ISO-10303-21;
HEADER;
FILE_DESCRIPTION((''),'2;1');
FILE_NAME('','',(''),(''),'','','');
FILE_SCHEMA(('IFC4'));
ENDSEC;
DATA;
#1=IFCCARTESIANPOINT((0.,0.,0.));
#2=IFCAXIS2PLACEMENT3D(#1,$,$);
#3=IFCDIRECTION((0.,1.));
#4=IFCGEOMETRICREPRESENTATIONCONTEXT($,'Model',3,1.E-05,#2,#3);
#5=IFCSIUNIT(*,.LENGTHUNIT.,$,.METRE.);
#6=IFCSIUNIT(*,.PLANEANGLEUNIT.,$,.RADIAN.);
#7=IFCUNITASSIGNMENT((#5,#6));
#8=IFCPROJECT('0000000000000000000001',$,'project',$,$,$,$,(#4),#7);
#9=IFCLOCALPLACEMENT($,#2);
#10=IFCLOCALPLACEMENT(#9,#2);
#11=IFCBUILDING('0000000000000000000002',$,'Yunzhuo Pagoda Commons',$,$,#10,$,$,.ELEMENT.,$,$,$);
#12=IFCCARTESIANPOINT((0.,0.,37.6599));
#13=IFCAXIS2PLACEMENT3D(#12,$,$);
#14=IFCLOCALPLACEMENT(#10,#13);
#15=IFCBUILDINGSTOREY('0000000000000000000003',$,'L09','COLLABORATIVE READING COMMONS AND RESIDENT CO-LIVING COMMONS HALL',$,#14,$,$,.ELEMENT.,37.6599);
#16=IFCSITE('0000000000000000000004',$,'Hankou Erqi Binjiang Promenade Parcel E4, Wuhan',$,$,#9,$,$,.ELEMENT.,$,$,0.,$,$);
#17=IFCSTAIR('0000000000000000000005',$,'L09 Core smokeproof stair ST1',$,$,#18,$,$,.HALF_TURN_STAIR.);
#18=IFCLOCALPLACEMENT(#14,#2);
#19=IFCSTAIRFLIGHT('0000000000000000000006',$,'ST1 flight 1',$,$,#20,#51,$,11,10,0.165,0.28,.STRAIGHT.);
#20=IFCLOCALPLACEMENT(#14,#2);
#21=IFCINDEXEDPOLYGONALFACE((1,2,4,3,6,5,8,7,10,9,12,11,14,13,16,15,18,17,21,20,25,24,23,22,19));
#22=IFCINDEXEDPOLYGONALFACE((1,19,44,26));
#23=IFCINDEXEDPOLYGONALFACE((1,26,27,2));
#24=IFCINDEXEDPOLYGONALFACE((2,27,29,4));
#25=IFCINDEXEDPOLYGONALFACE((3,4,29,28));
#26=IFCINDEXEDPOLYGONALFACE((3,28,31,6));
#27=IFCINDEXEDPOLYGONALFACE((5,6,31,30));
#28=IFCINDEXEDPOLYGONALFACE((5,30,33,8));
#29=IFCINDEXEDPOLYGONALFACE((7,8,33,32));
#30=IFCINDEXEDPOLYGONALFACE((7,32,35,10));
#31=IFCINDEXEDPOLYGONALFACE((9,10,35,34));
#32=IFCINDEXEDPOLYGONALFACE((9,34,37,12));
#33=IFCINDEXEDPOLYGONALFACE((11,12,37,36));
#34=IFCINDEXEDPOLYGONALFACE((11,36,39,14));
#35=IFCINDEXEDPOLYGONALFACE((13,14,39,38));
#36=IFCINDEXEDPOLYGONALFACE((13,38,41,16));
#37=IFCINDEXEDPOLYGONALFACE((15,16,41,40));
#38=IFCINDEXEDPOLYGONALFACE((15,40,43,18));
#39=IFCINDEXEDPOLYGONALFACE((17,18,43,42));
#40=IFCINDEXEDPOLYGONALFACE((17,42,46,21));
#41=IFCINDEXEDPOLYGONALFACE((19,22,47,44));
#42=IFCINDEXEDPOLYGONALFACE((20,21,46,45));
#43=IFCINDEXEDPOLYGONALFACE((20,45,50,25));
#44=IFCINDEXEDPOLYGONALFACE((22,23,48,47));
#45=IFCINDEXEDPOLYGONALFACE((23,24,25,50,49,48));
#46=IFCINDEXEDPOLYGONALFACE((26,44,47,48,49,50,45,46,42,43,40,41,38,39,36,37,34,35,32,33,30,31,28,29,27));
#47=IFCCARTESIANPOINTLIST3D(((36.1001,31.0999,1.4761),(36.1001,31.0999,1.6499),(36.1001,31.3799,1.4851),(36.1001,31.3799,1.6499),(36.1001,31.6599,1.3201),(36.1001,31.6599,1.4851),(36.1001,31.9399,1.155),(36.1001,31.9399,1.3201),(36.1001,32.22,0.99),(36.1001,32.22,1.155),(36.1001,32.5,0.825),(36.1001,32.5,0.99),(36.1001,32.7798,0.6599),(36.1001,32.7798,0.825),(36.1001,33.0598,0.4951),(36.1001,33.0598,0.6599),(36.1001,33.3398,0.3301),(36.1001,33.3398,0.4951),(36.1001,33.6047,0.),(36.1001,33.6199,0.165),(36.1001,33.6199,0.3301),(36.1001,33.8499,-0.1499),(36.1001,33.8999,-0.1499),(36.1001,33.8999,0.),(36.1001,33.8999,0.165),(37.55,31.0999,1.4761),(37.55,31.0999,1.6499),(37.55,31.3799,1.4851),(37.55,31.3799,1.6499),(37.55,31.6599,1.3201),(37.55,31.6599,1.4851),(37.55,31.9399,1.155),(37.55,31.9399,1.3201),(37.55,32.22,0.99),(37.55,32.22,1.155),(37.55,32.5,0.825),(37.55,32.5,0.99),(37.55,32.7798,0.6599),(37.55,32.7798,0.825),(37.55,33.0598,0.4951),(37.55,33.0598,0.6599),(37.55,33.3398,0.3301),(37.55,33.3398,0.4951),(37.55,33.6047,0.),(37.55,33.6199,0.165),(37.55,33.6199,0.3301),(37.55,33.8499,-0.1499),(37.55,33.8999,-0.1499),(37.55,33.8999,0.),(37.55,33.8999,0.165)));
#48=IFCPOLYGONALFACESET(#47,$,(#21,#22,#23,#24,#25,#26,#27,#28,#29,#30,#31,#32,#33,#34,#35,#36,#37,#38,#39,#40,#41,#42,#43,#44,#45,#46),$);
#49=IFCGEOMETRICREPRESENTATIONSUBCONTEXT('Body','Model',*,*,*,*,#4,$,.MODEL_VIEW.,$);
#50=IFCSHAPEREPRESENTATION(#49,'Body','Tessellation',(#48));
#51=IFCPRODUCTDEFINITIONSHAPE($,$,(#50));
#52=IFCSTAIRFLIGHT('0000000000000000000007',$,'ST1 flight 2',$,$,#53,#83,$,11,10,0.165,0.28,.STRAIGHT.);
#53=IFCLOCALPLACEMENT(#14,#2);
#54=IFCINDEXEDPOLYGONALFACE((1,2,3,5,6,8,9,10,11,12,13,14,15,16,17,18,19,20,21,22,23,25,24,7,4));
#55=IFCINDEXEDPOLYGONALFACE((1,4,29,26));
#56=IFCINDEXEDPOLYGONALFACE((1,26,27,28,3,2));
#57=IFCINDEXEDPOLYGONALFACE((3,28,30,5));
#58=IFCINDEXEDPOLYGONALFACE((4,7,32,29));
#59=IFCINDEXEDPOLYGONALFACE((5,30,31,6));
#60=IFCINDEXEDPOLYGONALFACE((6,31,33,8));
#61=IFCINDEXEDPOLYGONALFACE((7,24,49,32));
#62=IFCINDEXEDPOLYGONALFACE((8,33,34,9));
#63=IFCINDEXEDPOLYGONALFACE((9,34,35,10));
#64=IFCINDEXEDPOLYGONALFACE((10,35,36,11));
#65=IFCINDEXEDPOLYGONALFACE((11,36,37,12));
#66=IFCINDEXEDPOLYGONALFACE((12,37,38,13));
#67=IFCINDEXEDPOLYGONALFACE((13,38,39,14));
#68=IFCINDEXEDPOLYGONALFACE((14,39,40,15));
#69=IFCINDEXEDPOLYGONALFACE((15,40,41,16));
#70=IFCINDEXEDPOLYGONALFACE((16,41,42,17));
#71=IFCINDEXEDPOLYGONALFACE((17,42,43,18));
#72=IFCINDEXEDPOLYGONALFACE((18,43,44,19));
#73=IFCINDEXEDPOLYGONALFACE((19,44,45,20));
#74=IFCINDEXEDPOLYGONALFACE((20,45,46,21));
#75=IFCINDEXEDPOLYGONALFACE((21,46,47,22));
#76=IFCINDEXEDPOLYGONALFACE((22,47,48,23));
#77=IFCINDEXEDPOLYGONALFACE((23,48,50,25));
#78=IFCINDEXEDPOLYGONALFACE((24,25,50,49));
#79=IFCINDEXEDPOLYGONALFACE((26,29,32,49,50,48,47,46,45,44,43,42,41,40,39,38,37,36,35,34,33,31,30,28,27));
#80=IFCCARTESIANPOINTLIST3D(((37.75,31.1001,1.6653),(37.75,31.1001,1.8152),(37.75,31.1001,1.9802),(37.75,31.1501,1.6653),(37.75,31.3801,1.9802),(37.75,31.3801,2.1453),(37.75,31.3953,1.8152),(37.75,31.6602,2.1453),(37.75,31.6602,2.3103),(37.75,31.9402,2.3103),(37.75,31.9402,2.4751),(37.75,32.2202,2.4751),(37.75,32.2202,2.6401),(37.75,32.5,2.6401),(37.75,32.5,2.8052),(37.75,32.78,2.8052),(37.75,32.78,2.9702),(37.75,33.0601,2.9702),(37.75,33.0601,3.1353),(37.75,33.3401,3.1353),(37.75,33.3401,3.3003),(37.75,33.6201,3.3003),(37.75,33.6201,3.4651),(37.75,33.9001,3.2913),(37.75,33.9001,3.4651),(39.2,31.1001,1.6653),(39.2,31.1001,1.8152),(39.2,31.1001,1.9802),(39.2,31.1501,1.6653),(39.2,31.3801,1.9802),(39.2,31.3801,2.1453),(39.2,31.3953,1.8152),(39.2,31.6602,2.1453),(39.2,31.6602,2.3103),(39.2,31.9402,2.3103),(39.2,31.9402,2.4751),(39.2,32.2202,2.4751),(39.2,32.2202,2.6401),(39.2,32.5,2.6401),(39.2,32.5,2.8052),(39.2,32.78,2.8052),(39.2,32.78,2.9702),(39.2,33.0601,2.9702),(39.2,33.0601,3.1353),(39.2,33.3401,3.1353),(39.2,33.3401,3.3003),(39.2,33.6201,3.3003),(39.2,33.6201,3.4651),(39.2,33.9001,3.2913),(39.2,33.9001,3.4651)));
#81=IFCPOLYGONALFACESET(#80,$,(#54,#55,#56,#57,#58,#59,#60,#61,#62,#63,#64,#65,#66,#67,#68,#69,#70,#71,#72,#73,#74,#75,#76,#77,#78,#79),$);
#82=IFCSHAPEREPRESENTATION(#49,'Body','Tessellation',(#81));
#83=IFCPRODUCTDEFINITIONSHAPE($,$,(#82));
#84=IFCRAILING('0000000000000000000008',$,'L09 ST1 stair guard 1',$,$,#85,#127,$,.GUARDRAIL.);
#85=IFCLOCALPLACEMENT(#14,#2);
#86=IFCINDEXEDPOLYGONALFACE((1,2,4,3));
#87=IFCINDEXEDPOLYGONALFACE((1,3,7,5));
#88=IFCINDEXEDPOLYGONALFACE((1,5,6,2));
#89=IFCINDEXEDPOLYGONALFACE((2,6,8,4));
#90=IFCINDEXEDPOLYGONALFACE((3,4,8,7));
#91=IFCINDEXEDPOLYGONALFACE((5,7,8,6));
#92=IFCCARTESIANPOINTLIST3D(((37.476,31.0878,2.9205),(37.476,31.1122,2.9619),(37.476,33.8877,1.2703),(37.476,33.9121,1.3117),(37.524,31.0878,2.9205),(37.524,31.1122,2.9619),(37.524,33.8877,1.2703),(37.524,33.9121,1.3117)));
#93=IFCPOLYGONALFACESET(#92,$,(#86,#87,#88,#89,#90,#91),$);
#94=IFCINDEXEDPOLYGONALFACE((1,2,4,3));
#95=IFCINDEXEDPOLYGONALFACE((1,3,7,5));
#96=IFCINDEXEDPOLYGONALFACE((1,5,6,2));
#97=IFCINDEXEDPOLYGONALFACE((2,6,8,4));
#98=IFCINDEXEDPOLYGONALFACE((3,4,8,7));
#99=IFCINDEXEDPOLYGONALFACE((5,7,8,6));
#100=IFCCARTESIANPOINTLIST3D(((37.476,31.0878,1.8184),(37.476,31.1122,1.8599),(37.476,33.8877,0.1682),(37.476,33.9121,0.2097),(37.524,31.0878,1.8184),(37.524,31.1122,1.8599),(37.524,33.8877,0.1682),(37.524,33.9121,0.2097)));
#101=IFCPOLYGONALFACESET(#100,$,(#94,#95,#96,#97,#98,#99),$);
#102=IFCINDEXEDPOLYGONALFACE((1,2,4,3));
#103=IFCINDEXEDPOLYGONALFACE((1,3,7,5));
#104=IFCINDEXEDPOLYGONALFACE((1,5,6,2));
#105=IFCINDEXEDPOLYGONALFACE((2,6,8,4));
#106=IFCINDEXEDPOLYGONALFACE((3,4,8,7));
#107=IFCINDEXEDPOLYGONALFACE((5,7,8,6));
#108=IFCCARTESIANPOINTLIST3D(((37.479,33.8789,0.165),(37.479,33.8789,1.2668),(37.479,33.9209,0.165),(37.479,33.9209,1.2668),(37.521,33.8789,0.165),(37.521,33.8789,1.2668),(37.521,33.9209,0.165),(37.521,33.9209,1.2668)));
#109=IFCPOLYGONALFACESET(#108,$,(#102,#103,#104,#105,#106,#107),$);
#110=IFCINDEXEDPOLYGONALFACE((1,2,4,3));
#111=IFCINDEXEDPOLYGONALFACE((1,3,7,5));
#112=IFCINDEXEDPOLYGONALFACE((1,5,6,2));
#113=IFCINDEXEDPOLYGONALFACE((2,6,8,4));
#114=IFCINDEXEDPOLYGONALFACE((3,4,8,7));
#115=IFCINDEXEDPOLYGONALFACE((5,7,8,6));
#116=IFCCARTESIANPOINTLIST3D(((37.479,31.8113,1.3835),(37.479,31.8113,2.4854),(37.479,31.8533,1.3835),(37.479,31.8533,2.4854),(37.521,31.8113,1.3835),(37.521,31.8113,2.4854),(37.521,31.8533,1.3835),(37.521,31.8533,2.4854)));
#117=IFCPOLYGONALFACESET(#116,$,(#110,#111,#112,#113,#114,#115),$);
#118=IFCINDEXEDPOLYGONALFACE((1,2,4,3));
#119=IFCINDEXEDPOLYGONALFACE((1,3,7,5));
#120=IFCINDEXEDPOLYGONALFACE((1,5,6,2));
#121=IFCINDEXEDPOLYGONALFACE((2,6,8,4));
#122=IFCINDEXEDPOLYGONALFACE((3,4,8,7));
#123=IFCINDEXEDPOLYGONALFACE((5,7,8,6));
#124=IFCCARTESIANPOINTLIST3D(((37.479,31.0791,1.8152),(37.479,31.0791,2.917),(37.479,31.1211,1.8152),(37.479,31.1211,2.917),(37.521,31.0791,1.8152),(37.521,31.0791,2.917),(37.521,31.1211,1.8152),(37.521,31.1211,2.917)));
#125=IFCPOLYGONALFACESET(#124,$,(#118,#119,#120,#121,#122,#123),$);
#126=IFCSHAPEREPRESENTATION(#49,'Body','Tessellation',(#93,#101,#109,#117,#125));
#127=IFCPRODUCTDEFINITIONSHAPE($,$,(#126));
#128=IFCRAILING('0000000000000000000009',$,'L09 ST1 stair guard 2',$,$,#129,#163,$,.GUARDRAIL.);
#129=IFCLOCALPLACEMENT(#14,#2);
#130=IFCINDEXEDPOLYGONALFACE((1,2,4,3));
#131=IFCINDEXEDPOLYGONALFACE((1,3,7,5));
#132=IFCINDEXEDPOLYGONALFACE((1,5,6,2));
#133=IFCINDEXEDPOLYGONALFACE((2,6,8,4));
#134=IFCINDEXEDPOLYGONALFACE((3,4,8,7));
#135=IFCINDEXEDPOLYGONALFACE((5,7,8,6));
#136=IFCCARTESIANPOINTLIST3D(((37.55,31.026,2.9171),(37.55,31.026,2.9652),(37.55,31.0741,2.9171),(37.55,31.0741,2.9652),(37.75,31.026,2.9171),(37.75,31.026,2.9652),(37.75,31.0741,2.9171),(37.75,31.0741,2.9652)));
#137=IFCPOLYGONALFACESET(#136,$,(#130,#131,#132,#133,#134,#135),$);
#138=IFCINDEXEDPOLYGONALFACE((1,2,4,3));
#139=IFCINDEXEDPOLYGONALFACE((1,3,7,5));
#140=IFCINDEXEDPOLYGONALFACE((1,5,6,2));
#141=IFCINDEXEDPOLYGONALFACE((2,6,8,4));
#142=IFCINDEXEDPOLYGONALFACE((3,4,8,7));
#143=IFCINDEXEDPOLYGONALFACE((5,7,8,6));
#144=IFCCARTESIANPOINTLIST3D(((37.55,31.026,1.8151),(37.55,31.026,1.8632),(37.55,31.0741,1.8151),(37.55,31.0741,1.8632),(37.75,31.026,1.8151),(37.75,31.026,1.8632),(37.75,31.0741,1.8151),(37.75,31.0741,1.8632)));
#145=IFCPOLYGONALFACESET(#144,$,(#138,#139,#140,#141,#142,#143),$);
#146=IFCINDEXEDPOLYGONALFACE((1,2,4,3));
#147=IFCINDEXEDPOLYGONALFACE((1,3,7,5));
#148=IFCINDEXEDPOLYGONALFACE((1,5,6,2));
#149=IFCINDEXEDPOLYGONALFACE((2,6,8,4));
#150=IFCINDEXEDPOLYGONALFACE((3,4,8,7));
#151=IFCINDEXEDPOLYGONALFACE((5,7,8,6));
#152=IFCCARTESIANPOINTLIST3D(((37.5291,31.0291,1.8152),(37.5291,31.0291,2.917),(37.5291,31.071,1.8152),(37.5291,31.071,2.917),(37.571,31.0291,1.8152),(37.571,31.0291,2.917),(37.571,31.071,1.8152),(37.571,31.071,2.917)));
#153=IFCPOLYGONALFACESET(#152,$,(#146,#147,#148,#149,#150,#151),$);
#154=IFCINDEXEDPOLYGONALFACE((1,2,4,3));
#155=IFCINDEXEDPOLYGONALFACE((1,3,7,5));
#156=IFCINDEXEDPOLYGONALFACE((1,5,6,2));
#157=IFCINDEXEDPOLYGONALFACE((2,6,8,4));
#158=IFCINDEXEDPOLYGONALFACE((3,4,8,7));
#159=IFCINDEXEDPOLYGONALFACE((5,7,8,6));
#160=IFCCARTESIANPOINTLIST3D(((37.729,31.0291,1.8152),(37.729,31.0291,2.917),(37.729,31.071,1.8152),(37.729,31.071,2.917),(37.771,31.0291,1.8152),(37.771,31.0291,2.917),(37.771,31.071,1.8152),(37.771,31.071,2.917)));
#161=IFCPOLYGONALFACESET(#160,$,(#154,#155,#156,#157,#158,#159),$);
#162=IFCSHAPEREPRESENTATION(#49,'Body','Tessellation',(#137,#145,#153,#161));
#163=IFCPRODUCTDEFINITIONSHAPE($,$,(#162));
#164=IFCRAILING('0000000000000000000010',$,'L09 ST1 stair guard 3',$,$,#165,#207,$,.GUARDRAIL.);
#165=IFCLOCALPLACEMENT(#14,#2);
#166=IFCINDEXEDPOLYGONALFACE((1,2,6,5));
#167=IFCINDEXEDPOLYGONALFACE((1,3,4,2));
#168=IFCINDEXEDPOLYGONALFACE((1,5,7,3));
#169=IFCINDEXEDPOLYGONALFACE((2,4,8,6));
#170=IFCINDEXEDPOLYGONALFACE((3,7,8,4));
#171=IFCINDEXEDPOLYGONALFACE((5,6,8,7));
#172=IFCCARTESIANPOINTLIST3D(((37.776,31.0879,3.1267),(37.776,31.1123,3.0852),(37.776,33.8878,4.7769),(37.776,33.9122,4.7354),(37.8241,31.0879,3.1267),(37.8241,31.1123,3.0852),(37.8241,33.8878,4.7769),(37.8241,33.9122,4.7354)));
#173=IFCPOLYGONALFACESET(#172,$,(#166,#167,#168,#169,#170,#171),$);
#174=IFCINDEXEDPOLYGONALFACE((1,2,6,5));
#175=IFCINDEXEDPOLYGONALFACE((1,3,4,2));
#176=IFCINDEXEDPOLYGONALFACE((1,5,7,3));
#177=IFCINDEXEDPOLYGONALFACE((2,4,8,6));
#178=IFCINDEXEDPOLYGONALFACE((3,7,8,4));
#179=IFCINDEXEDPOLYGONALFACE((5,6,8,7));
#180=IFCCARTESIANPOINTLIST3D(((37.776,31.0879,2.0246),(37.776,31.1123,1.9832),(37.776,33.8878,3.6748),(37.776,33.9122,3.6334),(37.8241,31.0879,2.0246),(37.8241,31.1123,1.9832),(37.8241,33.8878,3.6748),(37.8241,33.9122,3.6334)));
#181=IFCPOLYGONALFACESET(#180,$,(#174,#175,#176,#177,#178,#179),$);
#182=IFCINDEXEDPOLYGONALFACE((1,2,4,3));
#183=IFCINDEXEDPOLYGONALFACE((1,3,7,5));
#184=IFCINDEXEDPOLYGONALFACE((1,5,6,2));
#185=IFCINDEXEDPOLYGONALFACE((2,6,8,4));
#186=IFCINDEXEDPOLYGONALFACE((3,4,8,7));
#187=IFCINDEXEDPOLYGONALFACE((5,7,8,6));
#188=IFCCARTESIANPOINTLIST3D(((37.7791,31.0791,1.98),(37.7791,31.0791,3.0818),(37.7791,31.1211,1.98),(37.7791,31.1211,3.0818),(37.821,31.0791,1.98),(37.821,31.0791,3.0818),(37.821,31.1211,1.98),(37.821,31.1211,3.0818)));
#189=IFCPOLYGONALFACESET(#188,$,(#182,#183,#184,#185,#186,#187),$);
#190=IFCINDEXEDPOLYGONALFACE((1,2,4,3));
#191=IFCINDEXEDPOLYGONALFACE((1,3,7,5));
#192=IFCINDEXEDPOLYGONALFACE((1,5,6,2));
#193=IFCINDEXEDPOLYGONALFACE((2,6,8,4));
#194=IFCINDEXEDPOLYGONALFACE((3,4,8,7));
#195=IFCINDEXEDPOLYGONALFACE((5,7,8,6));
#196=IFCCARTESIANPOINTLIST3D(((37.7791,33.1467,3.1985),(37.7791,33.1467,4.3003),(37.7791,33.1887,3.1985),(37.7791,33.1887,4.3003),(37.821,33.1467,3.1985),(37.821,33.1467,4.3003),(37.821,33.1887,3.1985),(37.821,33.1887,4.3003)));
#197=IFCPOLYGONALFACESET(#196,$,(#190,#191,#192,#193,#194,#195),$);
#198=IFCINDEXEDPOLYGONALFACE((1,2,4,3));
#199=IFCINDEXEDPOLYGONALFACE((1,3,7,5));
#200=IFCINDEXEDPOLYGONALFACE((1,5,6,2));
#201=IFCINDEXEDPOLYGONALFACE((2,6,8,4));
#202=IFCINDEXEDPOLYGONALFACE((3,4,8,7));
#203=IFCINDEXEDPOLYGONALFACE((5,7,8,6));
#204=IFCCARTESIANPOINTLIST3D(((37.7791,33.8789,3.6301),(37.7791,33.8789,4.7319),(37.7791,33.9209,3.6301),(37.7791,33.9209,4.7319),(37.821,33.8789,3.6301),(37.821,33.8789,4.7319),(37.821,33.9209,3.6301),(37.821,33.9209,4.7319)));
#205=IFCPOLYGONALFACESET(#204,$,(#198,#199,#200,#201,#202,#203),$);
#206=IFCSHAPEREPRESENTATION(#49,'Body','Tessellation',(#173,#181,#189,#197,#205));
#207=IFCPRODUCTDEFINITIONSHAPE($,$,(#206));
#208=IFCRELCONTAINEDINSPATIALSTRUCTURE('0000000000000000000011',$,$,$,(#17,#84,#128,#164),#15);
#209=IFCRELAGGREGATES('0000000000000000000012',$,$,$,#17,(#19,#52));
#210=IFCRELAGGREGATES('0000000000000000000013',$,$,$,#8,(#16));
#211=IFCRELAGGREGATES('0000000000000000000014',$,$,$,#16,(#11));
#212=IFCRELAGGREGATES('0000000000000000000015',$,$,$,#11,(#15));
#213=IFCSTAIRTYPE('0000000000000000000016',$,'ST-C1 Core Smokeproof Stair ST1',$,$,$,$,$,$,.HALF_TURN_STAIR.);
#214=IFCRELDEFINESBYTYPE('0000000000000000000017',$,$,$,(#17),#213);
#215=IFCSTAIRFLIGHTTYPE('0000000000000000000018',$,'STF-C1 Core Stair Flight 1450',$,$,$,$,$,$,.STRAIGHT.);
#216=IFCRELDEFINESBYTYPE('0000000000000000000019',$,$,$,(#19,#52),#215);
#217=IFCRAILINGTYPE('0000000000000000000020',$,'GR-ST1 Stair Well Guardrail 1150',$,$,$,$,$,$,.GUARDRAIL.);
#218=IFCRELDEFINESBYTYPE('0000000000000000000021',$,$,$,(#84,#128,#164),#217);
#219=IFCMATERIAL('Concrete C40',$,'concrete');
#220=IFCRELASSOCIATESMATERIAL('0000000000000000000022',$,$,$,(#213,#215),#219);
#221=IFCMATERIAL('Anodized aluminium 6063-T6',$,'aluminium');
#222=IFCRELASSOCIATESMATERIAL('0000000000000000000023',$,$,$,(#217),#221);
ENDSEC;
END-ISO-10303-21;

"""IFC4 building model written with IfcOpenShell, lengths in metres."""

from ifc_helpers import new_model, si_unit, direction, frame, origin, origin_2d, place, context, subcontext, project, spatial, polyline, rectangle, outline, extrude, source, transform, mapped, material, type_object, element, aggregate, save


model = new_model("IFC4")

# Units and contexts
model_context = context("Model", 3, precision=1e-05, world=origin(), true_north=direction((0.0, 1.0)))
body_context = subcontext(model_context, "Body", "Model", "MODEL_VIEW")
ifc_project = project(units=[si_unit("LENGTHUNIT", "METRE"), si_unit("PLANEANGLEUNIT", "RADIAN")], contexts=[model_context])

# Site, building, storey
site_placement = place(None, origin())
site = spatial("IfcSite", under=ifc_project, at=site_placement, Name="Hankou Erqi Binjiang Promenade Parcel E4, Wuhan", CompositionType="ELEMENT", RefElevation=0.0)
building_placement = place(site_placement, origin())
building = spatial("IfcBuilding", under=site, at=building_placement, Name="Yunzhuo Pagoda Commons", CompositionType="ELEMENT")
storey_placement = place(building_placement, frame((0.0, 0.0, 37.6599)))
storey = spatial("IfcBuildingStorey", under=building, at=storey_placement, Name="L09", Description="COLLABORATIVE READING COMMONS AND RESIDENT CO-LIVING COMMONS HALL", CompositionType="ELEMENT", Elevation=37.6599)

# Shared definitions
ifc_material_1 = material(Name="Concrete C40", Category="concrete")

# Stair, stair flights
stair_type = type_object("IfcStairType", Name="ST-C1 Core Smokeproof Stair ST1", PredefinedType="HALF_TURN_STAIR", material=ifc_material_1)
stair_placement = place(storey_placement, origin())
stair = element("IfcStair", 1, at=stair_placement, inside=storey, type_object=stair_type, Name="L09 Core smokeproof stair ST1", PredefinedType="HALF_TURN_STAIR")
stair_flight_type = type_object("IfcStairFlightType", Name="STF-C1 Core Stair Flight 1450", PredefinedType="STRAIGHT", material=ifc_material_1)
shared_shape_1 = source(origin(), body_context, "Body", "SweptSolid", [
    extrude(outline(polyline([(0.0, -0.1499), (0.0, 0.0), (0.0, 0.165), (0.28, 0.165), (0.28, 0.3301), (0.5601, 0.3301), (0.5601, 0.4951), (0.8401, 0.4951), (0.8401, 0.6599), (1.1201, 0.6599), (1.1201, 0.825), (1.3999, 0.825), (1.3999, 0.99), (1.6799, 0.99), (1.6799, 1.155), (1.96, 1.155), (1.96, 1.3201), (2.24, 1.3201), (2.24, 1.4851), (2.52, 1.4851), (2.52, 1.6499), (2.8, 1.6499), (2.8, 1.8149), (2.8, 1.4761), (0.2952, 0.0), (0.05, -0.1499), (0.0, -0.1499)])), frame((0.0, 0.7251, 0.0), z_axis=(0.0, -1.0, 0.0), x_axis=(1.0, 0.0, 0.0)), (0.0, 0.0, 1.0), 1.45),
])
stair_flight_1_placement = place(storey_placement, frame((36.825, 33.8999, 0.0), z_axis=(0.0, 0.0, 1.0), x_axis=(0.0, -1.0, 0.0)))
stair_flight_1 = element("IfcStairFlight", 2, at=stair_flight_1_placement, type_object=stair_flight_type, Name="ST1 flight 1", NumberOfRisers=11, NumberOfTreads=10, PredefinedType="STRAIGHT", RiserHeight=0.165, TreadLength=0.28, context=body_context, shape_type="MappedRepresentation", body=[
    mapped(shared_shape_1, transform((0.0, 0.0, 0.0), scale=1.0)),
])
stair_flight_2_placement = place(storey_placement, frame((38.4751, 31.1001, 1.8152), z_axis=(0.0, 0.0, 1.0), x_axis=(0.0, 1.0, 0.0)))
stair_flight_2 = element("IfcStairFlight", 3, at=stair_flight_2_placement, type_object=stair_flight_type, Name="ST1 flight 2", NumberOfRisers=11, NumberOfTreads=10, PredefinedType="STRAIGHT", RiserHeight=0.165, TreadLength=0.28, context=body_context, shape_type="MappedRepresentation", body=[
    mapped(shared_shape_1, transform((0.0, 0.0, 0.0), scale=1.0)),
])
aggregate(stair, [stair_flight_1, stair_flight_2])

# Railings
ifc_material_2 = material(Name="Anodized aluminium 6063-T6", Category="aluminium")
railing_type_1 = type_object("IfcRailingType", Name="GR-ST1 Stair Well Guardrail 1150", PredefinedType="GUARDRAIL", material=ifc_material_2)
railing_1_placement = place(storey_placement, frame((37.5, 33.8999, 0.165)))
element("IfcRailing", 4, at=railing_1_placement, inside=storey, type_object=railing_type_1, Name="L09 ST1 stair guard 1", PredefinedType="GUARDRAIL", context=body_context, shape_type="SweptSolid", body=[
    extrude(rectangle(XDim=0.0481, YDim=0.0481, at=origin_2d()), frame((0.0, 0.0, 1.126), z_axis=(0.0, -0.861503, 0.507752), x_axis=(1.0, 0.0, 0.0)), (0.0, 0.0, 1.0), 3.25),
    extrude(rectangle(XDim=0.0481, YDim=0.0481, at=origin_2d()), frame((0.0, 0.0, 0.0239), z_axis=(0.0, -0.861503, 0.507752), x_axis=(1.0, 0.0, 0.0)), (0.0, 0.0, 1.0), 3.25),
    extrude(rectangle(XDim=0.042, YDim=0.042, at=origin_2d()), origin(), (0.0, 0.0, 1.0), 1.1018),
    extrude(rectangle(XDim=0.042, YDim=0.042, at=origin_2d()), frame((0.0, -2.0676, 1.2185)), (0.0, 0.0, 1.0), 1.1018),
    extrude(rectangle(XDim=0.042, YDim=0.042, at=origin_2d()), frame((0.0, -2.7998, 1.6501)), (0.0, 0.0, 1.0), 1.1018),
])
railing_2_placement = place(storey_placement, frame((37.55, 31.05, 1.8152)))
element("IfcRailing", 5, at=railing_2_placement, inside=storey, type_object=railing_type_1, Name="L09 ST1 stair guard 2", PredefinedType="GUARDRAIL", context=body_context, shape_type="SweptSolid", body=[
    extrude(rectangle(XDim=0.0481, YDim=0.0481, at=origin_2d()), frame((0.0, 0.0, 1.126), z_axis=(1.0, 0.0, 0.0), x_axis=(0.0, 1.0, 0.0)), (0.0, 0.0, 1.0), 0.2),
    extrude(rectangle(XDim=0.0481, YDim=0.0481, at=origin_2d()), frame((0.0, 0.0, 0.0239), z_axis=(1.0, 0.0, 0.0), x_axis=(0.0, 1.0, 0.0)), (0.0, 0.0, 1.0), 0.2),
    extrude(rectangle(XDim=0.042, YDim=0.042, at=origin_2d()), origin(), (0.0, 0.0, 1.0), 1.1018),
    extrude(rectangle(XDim=0.042, YDim=0.042, at=origin_2d()), frame((0.2, 0.0, 0.0)), (0.0, 0.0, 1.0), 1.1018),
])
railing_3_placement = place(storey_placement, frame((37.8, 31.1001, 1.98)))
element("IfcRailing", 6, at=railing_3_placement, inside=storey, type_object=railing_type_1, Name="L09 ST1 stair guard 3", PredefinedType="GUARDRAIL", context=body_context, shape_type="SweptSolid", body=[
    extrude(rectangle(XDim=0.0481, YDim=0.0481, at=origin_2d()), frame((0.0, 0.0, 1.126), z_axis=(0.0, 0.861503, 0.507752), x_axis=(-1.0, 0.0, 0.0)), (0.0, 0.0, 1.0), 3.25),
    extrude(rectangle(XDim=0.0481, YDim=0.0481, at=origin_2d()), frame((0.0, 0.0, 0.0239), z_axis=(0.0, 0.861503, 0.507752), x_axis=(-1.0, 0.0, 0.0)), (0.0, 0.0, 1.0), 3.25),
    extrude(rectangle(XDim=0.042, YDim=0.042, at=origin_2d()), origin(), (0.0, 0.0, 1.0), 1.1018),
    extrude(rectangle(XDim=0.042, YDim=0.042, at=origin_2d()), frame((0.0, 2.0676, 1.2185)), (0.0, 0.0, 1.0), 1.1018),
    extrude(rectangle(XDim=0.042, YDim=0.042, at=origin_2d()), frame((0.0, 2.7998, 1.6501)), (0.0, 0.0, 1.0), 1.1018),
])

save(model, "model.ifc")
